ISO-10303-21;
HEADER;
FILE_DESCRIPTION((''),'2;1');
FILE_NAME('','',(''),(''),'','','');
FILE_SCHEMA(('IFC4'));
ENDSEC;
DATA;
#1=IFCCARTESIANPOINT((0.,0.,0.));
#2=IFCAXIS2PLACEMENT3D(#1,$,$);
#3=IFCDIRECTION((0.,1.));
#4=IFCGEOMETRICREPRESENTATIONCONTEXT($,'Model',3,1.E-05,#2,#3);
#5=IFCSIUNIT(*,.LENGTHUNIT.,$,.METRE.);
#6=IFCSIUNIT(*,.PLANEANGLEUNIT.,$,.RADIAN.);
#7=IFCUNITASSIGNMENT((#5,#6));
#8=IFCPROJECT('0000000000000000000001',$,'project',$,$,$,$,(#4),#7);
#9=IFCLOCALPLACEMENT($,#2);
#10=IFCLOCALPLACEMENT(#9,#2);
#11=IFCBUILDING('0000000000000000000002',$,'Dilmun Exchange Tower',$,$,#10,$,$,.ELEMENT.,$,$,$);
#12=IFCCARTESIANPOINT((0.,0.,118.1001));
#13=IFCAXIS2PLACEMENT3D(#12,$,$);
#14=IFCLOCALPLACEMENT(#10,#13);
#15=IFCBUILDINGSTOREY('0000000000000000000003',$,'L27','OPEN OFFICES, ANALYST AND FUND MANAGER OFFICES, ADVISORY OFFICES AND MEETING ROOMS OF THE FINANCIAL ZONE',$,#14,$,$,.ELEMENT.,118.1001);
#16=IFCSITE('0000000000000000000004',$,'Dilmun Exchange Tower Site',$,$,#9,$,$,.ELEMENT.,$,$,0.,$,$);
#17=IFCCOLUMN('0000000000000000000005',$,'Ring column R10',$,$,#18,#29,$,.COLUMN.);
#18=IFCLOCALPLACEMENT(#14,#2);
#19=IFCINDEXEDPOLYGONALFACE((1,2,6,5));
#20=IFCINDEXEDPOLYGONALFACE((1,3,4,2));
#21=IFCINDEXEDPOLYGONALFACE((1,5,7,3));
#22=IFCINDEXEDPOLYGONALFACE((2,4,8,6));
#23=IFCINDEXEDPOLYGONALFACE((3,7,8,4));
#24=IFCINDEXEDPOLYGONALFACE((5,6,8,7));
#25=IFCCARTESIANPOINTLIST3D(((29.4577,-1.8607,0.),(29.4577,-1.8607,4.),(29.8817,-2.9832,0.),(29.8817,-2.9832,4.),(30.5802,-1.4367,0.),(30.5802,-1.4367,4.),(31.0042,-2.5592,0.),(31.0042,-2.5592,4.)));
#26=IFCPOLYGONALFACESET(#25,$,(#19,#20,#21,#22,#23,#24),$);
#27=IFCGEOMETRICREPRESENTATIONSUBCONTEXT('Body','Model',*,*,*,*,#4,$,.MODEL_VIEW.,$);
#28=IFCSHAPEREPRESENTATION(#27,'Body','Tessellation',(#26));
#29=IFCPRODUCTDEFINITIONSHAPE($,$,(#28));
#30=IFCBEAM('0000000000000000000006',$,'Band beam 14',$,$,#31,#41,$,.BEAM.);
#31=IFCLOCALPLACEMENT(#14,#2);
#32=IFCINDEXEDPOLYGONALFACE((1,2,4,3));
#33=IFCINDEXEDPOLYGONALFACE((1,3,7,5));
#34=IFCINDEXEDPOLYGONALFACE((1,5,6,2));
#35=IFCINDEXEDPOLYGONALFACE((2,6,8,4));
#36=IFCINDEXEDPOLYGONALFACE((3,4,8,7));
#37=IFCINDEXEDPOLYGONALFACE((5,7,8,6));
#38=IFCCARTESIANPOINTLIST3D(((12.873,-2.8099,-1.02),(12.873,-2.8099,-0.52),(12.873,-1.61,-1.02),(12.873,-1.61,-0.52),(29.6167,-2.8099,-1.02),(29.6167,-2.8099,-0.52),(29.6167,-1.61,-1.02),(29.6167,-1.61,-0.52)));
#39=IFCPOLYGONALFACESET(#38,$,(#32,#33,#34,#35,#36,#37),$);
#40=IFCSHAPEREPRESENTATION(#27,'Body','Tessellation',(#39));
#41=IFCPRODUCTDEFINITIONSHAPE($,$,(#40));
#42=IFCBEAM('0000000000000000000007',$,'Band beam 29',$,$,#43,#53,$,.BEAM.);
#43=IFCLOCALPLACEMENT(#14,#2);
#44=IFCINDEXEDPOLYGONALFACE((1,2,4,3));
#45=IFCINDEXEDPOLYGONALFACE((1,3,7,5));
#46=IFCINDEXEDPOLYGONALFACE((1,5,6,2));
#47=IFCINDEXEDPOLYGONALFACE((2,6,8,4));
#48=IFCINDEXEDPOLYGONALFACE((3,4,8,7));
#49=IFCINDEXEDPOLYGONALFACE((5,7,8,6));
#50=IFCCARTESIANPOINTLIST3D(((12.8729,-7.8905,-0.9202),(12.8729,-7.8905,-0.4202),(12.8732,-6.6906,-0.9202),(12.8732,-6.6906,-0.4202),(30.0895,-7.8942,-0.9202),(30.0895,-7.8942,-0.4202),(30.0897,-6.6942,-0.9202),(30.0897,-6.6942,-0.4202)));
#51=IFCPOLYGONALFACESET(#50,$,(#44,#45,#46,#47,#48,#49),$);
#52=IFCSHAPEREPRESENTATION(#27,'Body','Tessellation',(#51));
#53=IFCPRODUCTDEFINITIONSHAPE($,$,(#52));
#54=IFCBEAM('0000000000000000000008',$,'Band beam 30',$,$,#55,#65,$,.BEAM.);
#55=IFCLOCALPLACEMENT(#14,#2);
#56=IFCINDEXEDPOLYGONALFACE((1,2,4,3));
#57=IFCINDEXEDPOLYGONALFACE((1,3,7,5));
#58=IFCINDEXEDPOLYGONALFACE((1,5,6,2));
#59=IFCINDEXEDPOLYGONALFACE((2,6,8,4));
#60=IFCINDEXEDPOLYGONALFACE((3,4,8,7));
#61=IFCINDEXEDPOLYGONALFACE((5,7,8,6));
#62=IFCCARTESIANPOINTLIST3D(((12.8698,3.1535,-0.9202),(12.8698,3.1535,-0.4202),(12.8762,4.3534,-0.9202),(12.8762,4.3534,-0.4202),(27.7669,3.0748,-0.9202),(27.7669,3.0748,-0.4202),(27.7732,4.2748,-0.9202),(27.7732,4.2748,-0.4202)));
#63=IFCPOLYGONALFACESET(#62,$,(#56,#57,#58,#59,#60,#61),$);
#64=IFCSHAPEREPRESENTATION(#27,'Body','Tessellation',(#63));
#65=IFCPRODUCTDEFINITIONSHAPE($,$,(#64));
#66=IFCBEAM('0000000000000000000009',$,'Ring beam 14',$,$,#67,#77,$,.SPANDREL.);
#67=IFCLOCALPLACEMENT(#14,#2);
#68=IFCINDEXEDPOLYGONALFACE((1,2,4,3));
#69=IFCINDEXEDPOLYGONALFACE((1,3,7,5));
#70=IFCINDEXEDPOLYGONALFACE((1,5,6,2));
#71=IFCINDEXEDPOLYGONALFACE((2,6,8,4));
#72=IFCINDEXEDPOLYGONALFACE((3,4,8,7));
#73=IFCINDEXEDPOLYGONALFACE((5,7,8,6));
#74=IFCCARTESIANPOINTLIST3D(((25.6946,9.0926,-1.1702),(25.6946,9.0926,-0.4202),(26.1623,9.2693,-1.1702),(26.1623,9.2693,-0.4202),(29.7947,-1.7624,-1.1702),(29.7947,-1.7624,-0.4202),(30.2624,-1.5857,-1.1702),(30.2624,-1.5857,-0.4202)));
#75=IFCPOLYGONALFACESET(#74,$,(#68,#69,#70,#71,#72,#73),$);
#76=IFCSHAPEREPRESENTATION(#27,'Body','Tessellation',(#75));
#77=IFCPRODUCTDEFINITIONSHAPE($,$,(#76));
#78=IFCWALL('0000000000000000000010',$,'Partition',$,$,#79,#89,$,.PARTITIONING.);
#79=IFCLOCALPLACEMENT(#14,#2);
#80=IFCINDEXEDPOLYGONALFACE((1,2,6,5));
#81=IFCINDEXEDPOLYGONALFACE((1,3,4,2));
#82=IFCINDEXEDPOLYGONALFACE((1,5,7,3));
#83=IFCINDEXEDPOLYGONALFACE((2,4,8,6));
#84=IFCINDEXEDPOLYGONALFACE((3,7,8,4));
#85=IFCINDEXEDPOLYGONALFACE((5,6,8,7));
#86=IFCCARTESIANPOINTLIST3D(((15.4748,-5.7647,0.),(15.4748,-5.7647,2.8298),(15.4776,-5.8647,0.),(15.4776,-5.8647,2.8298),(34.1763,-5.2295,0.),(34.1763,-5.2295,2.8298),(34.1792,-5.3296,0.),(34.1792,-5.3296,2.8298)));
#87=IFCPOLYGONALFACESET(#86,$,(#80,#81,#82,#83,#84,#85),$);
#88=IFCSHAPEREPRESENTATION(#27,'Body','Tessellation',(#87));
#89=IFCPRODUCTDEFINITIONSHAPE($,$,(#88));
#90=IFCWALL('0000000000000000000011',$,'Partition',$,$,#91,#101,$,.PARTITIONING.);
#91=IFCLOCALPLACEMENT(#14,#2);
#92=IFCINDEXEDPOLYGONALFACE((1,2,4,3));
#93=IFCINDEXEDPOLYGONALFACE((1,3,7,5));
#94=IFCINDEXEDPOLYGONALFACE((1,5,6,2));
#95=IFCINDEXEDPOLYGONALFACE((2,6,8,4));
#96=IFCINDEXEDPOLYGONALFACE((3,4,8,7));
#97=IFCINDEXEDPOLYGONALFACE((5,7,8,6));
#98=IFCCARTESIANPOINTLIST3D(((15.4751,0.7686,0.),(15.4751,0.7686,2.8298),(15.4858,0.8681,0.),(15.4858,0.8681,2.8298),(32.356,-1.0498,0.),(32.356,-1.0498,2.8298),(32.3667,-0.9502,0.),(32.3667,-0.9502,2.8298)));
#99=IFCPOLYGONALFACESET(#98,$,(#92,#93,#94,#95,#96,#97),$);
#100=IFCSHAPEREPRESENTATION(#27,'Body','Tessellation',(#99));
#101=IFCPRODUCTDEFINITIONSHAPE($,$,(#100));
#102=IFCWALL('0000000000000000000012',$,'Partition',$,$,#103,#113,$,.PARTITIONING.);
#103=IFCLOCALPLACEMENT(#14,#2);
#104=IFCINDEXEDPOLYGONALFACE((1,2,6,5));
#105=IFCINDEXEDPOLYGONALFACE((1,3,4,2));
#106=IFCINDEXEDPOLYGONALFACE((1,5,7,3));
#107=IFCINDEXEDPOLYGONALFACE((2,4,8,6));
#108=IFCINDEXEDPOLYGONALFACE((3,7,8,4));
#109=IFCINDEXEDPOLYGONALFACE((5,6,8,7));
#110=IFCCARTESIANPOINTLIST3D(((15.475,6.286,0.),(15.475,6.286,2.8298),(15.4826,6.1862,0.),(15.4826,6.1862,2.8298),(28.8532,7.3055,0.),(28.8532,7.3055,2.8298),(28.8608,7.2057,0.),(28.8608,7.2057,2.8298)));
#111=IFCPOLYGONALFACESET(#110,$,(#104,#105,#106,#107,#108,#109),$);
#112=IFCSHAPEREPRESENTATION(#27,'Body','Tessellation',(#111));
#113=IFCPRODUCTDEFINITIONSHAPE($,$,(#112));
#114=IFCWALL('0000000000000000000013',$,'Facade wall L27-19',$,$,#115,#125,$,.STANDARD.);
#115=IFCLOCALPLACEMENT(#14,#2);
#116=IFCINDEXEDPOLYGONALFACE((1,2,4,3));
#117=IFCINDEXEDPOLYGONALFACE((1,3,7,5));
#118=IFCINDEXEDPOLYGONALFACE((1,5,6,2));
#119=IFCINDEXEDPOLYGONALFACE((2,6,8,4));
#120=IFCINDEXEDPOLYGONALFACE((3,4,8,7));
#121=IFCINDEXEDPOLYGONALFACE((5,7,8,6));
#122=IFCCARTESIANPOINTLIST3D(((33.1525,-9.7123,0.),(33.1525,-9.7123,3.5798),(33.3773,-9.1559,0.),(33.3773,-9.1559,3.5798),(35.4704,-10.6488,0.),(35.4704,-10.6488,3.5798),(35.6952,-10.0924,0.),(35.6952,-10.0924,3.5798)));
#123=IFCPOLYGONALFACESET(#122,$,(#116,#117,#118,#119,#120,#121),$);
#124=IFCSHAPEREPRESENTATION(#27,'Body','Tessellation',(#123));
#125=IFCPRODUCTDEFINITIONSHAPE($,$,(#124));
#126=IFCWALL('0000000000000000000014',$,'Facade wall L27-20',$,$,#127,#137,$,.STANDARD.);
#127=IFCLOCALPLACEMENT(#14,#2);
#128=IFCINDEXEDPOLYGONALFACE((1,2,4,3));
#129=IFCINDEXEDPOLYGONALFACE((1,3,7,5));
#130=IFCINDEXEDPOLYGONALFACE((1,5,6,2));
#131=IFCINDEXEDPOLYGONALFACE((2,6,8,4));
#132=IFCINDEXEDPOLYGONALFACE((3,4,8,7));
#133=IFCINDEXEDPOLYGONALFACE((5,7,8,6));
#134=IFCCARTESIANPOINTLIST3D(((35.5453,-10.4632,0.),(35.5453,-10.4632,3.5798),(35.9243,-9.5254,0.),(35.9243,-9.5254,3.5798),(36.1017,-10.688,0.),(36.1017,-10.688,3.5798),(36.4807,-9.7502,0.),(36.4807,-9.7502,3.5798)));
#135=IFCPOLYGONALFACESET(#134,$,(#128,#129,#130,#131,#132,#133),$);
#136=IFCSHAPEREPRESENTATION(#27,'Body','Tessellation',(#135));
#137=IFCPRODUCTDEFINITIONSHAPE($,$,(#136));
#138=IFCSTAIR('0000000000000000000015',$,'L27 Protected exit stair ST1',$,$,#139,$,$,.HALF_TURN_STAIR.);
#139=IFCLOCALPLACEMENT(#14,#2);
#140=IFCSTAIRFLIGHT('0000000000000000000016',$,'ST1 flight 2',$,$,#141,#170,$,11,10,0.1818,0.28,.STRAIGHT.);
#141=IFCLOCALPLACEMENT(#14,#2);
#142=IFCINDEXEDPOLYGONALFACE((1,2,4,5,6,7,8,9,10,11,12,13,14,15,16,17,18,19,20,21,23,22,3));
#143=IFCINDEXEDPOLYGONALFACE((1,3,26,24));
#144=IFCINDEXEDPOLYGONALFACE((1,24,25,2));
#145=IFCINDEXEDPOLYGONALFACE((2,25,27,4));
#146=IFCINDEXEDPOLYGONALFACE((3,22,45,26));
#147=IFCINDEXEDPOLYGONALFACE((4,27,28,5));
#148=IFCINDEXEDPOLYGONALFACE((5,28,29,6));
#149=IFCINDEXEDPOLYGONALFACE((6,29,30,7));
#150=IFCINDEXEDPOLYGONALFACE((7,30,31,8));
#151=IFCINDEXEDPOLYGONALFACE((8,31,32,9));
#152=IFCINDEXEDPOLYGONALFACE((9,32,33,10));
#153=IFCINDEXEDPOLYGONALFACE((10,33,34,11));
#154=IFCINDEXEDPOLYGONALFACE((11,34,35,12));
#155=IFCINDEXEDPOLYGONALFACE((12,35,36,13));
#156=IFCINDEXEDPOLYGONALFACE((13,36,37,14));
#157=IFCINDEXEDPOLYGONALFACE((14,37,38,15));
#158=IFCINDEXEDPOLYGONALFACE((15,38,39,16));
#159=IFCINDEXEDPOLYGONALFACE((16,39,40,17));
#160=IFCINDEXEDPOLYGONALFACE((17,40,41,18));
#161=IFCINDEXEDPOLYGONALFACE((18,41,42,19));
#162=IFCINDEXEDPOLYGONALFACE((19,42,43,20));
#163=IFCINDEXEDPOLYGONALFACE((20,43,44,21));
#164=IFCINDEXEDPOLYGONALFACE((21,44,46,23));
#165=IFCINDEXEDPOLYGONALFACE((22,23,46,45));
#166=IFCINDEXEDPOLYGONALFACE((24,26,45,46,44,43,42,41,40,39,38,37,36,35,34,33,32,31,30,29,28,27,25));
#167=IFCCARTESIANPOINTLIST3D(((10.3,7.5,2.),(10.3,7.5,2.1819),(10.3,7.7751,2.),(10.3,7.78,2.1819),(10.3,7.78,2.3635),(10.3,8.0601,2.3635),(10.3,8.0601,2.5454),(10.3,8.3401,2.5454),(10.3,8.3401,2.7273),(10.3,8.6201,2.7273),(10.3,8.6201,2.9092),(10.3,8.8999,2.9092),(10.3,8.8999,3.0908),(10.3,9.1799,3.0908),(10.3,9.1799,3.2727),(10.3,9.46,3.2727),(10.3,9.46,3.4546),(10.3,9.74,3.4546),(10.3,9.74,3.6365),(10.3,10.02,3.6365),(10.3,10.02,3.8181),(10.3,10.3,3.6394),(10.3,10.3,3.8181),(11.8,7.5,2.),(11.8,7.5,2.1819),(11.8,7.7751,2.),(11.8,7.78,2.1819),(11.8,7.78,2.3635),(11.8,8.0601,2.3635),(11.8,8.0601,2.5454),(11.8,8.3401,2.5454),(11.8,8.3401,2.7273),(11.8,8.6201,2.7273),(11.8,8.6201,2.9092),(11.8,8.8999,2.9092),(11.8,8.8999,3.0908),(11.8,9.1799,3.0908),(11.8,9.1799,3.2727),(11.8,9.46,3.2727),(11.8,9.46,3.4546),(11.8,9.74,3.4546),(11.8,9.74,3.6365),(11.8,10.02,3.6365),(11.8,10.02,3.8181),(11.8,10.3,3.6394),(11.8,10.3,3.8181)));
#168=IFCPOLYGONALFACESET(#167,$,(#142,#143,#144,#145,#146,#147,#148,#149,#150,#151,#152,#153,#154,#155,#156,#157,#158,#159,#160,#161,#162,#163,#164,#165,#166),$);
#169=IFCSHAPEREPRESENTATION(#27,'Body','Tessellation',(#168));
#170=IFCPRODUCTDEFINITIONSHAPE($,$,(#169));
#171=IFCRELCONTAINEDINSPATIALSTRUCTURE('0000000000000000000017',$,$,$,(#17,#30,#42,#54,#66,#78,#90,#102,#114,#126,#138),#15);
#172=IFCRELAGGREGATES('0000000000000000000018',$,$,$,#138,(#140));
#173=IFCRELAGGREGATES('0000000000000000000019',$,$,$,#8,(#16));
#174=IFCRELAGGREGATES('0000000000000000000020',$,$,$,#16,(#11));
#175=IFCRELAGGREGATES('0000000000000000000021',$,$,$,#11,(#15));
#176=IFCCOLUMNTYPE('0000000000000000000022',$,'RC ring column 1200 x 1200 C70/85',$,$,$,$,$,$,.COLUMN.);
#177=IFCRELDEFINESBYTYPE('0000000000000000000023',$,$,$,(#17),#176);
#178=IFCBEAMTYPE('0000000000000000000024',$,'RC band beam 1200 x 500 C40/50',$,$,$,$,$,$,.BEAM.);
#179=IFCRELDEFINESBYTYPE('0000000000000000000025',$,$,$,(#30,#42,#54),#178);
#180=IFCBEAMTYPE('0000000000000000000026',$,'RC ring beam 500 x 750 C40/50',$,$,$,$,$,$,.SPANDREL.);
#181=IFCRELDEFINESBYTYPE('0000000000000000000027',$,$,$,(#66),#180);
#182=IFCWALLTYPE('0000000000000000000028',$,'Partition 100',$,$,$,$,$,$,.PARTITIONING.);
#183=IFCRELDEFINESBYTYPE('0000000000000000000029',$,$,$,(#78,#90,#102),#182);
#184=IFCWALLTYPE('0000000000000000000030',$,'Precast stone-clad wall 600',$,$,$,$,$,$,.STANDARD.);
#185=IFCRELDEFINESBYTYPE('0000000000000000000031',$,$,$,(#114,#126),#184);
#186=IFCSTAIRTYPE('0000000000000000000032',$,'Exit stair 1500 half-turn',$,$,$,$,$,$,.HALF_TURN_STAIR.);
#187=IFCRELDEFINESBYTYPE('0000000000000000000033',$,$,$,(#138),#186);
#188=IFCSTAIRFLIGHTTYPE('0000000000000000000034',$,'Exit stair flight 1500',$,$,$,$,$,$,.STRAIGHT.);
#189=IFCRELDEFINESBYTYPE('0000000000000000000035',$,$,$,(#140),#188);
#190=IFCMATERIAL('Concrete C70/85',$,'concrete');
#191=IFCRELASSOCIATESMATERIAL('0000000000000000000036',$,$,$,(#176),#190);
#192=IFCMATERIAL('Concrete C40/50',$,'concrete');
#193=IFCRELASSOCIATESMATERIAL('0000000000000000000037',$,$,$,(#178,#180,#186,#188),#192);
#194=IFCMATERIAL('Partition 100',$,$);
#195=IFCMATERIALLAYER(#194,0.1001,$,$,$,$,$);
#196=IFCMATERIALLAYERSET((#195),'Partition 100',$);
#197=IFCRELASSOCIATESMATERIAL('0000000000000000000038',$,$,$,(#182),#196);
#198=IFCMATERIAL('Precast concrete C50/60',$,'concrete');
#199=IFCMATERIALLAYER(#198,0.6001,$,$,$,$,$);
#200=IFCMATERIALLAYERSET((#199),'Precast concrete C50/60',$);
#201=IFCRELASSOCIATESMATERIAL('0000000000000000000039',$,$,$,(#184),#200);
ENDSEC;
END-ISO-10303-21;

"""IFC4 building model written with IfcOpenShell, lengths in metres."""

from ifc_helpers import new_model, si_unit, direction, frame, frame_2d, origin, origin_2d, place, context, subcontext, project, spatial, polyline, rectangle, outline, extrude, material, layer, layer_set, material_profile, profile_set, type_object, element, aggregate, save


model = new_model("IFC4")

# Units and contexts
model_context = context("Model", 3, precision=1e-05, world=origin(), true_north=direction((0.0, 1.0)))
body_context = subcontext(model_context, "Body", "Model", "MODEL_VIEW")
ifc_project = project(units=[si_unit("LENGTHUNIT", "METRE"), si_unit("PLANEANGLEUNIT", "RADIAN")], contexts=[model_context])

# Site, building, storey
site_placement = place(None, origin())
site = spatial("IfcSite", under=ifc_project, at=site_placement, Name="Dilmun Exchange Tower Site", CompositionType="ELEMENT", RefElevation=0.0)
building_placement = place(site_placement, origin())
building = spatial("IfcBuilding", under=site, at=building_placement, Name="Dilmun Exchange Tower", CompositionType="ELEMENT")
storey_placement = place(building_placement, frame((0.0, 0.0, 118.1001)))
storey = spatial("IfcBuildingStorey", under=building, at=storey_placement, Name="L27", Description="OPEN OFFICES, ANALYST AND FUND MANAGER OFFICES, ADVISORY OFFICES AND MEETING ROOMS OF THE FINANCIAL ZONE", CompositionType="ELEMENT", Elevation=118.1001)

# Column
ifc_material_1 = material(Name="Concrete C70/85", Category="concrete")
ifc_material_profile_1 = material_profile(ifc_material_1, rectangle(XDim=1.2, YDim=1.2, at=origin_2d()), Name="1200 x 1200")
ifc_profile_set_1 = profile_set([ifc_material_profile_1], Name="Concrete C70/85")
column_type = type_object("IfcColumnType", Name="RC ring column 1200 x 1200 C70/85", PredefinedType="COLUMN", material=ifc_profile_set_1)
column_placement = place(storey_placement, frame((30.231, -2.21, 0.0), z_axis=(0.0, 0.0, 1.0), x_axis=(0.935492, 0.353349, 0.0)))
element("IfcColumn", 1, at=column_placement, inside=storey, type_object=column_type, Name="Ring column R10", PredefinedType="COLUMN", context=body_context, shape_type="SweptSolid", body=[
    extrude(rectangle(XDim=1.2, YDim=1.2, at=origin_2d()), origin(), (0.0, 0.0, 1.0), 4.0),
])

# Beams
ifc_material_2 = material(Name="Concrete C40/50", Category="concrete")
ifc_material_profile_2 = material_profile(ifc_material_2, rectangle(XDim=1.2, YDim=0.5, at=origin_2d()), Name="1200 x 500")
ifc_profile_set_2 = profile_set([ifc_material_profile_2], Name="Concrete C40/50")
beam_type_1 = type_object("IfcBeamType", Name="RC band beam 1200 x 500 C40/50", PredefinedType="BEAM", material=ifc_profile_set_2)
beam_1_placement = place(storey_placement, frame((29.6167, -2.21, -0.77), z_axis=(-1.0, 0.0, 0.0), x_axis=(0.0, -1.0, 0.0)))
element("IfcBeam", 2, at=beam_1_placement, inside=storey, type_object=beam_type_1, Name="Band beam 14", PredefinedType="BEAM", context=body_context, shape_type="SweptSolid", body=[
    extrude(rectangle(XDim=1.2, YDim=0.5, at=origin_2d()), origin(), (0.0, 0.0, 1.0), 16.7437),
])
beam_2_placement = place(storey_placement, frame((30.0896, -7.2942, -0.6702), z_axis=(-1.0, 0.000213, 0.0), x_axis=(-0.000213, -1.0, 0.0)))
element("IfcBeam", 3, at=beam_2_placement, inside=storey, type_object=beam_type_1, Name="Band beam 29", PredefinedType="BEAM", context=body_context, shape_type="SweptSolid", body=[
    extrude(rectangle(XDim=1.2, YDim=0.5, at=origin_2d()), origin(), (0.0, 0.0, 1.0), 17.2166),
])
beam_3_placement = place(storey_placement, frame((27.77, 3.6748, -0.6702), z_axis=(-0.999986, 0.005277, 0.0), x_axis=(-0.005277, -0.999986, 0.0)))
element("IfcBeam", 4, at=beam_3_placement, inside=storey, type_object=beam_type_1, Name="Band beam 30", PredefinedType="BEAM", context=body_context, shape_type="SweptSolid", body=[
    extrude(rectangle(XDim=1.2, YDim=0.5, at=origin_2d()), origin(), (0.0, 0.0, 1.0), 14.8972),
])
ifc_material_profile_3 = material_profile(ifc_material_2, rectangle(XDim=0.5, YDim=0.75, at=origin_2d()), Name="500 x 750")
ifc_profile_set_3 = profile_set([ifc_material_profile_3], Name="Concrete C40/50")
beam_type_2 = type_object("IfcBeamType", Name="RC ring beam 500 x 750 C40/50", PredefinedType="SPANDREL", material=ifc_profile_set_3)
beam_4_placement = place(storey_placement, frame((30.0286, -1.6741, -0.7952), z_axis=(-0.35335, 0.935491, 0.0), x_axis=(-0.935491, -0.35335, 0.0)))
element("IfcBeam", 5, at=beam_4_placement, inside=storey, type_object=beam_type_2, Name="Ring beam 14", PredefinedType="SPANDREL", context=body_context, shape_type="SweptSolid", body=[
    extrude(rectangle(XDim=0.5, YDim=0.75, at=origin_2d()), origin(), (0.0, 0.0, 1.0), 11.6035),
])

# Walls
ifc_material_3 = material(Name="Partition 100")
ifc_layer_1 = layer(ifc_material_3, 0.1001)
ifc_layer_set_1 = layer_set([ifc_layer_1], Name="Partition 100")
wall_type_1 = type_object("IfcWallType", Name="Partition 100", PredefinedType="PARTITIONING", material=ifc_layer_set_1)
wall_1_placement = place(storey_placement, frame((15.4763, -5.8147, 0.0), z_axis=(0.0, 0.0, 1.0), x_axis=(0.999591, 0.028604, 0.0)))
element("IfcWall", 6, at=wall_1_placement, inside=storey, type_object=wall_type_1, Name="Partition", PredefinedType="PARTITIONING", context=body_context, shape_type="SweptSolid", body=[
    extrude(rectangle(XDim=18.7092, YDim=0.1001, at=frame_2d((9.3545, 0.0))), origin(), (0.0, 0.0, 1.0), 2.8298),
])
wall_2_placement = place(storey_placement, frame((15.4805, 0.8184, 0.0), z_axis=(0.0, 0.0, 1.0), x_axis=(0.994249, -0.107098, 0.0)))
element("IfcWall", 7, at=wall_2_placement, inside=storey, type_object=wall_type_1, Name="Partition", PredefinedType="PARTITIONING", context=body_context, shape_type="SweptSolid", body=[
    extrude(rectangle(XDim=16.9785, YDim=0.1001, at=frame_2d((8.4893, 0.0))), origin(), (0.0, 0.0, 1.0), 2.8298),
])
wall_3_placement = place(storey_placement, frame((15.4788, 6.2361, 0.0), z_axis=(0.0, 0.0, 1.0), x_axis=(0.997109, 0.075988, 0.0)))
element("IfcWall", 8, at=wall_3_placement, inside=storey, type_object=wall_type_1, Name="Partition", PredefinedType="PARTITIONING", context=body_context, shape_type="SweptSolid", body=[
    extrude(rectangle(XDim=13.417, YDim=0.1001, at=frame_2d((6.7085, 0.0))), origin(), (0.0, 0.0, 1.0), 2.8298),
])
ifc_material_4 = material(Name="Precast concrete C50/60", Category="concrete")
ifc_layer_2 = layer(ifc_material_4, 0.6001)
ifc_layer_set_2 = layer_set([ifc_layer_2], Name="Precast concrete C50/60")
wall_type_2 = type_object("IfcWallType", Name="Precast stone-clad wall 600", PredefinedType="STANDARD", material=ifc_layer_set_2)
wall_4_placement = place(storey_placement, frame((33.2649, -9.4341, 0.0), z_axis=(0.0, 0.0, 1.0), x_axis=(0.927178, -0.374621, 0.0)))
element("IfcWall", 9, at=wall_4_placement, inside=storey, type_object=wall_type_2, Name="Facade wall L27-19", PredefinedType="STANDARD", context=body_context, shape_type="SweptSolid", body=[
    extrude(rectangle(XDim=2.5, YDim=0.6001, at=frame_2d((1.25, 0.0))), origin(), (0.0, 0.0, 1.0), 3.5798),
])
wall_5_placement = place(storey_placement, frame((35.8235, -10.5757, 0.0), z_axis=(0.0, 0.0, 1.0), x_axis=(0.374635, 0.927173, 0.0)))
element("IfcWall", 10, at=wall_5_placement, inside=storey, type_object=wall_type_2, Name="Facade wall L27-20", PredefinedType="STANDARD", context=body_context, shape_type="SweptSolid", body=[
    extrude(rectangle(XDim=1.0115, YDim=0.6001, at=frame_2d((0.5059, 0.0))), origin(), (0.0, 0.0, 1.0), 3.5798),
])

# Stair, stair flight
stair_type = type_object("IfcStairType", Name="Exit stair 1500 half-turn", PredefinedType="HALF_TURN_STAIR", material=ifc_material_2)
stair_placement = place(storey_placement, origin())
stair = element("IfcStair", 11, at=stair_placement, inside=storey, type_object=stair_type, Name="L27 Protected exit stair ST1", PredefinedType="HALF_TURN_STAIR")
stair_flight_type = type_object("IfcStairFlightType", Name="Exit stair flight 1500", PredefinedType="STRAIGHT", material=ifc_material_2)
stair_flight_placement = place(storey_placement, frame((11.05, 7.5, 2.0), z_axis=(0.0, 0.0, 1.0), x_axis=(0.0, 1.0, 0.0)))
stair_flight = element("IfcStairFlight", 12, at=stair_flight_placement, type_object=stair_flight_type, Name="ST1 flight 2", NumberOfRisers=11, NumberOfTreads=10, PredefinedType="STRAIGHT", RiserHeight=0.1818, TreadLength=0.28, context=body_context, shape_type="SweptSolid", body=[
    extrude(outline(polyline([(0.0, 0.0), (0.0, 0.1819), (0.28, 0.1819), (0.28, 0.3635), (0.5601, 0.3635), (0.5601, 0.5454), (0.8401, 0.5454), (0.8401, 0.7273), (1.1201, 0.7273), (1.1201, 0.9092), (1.3999, 0.9092), (1.3999, 1.0908), (1.6799, 1.0908), (1.6799, 1.2727), (1.96, 1.2727), (1.96, 1.4546), (2.24, 1.4546), (2.24, 1.6365), (2.52, 1.6365), (2.52, 1.8181), (2.8, 1.8181), (2.8, 2.0), (2.8, 1.6394), (0.2751, 0.0), (0.0, 0.0)])), frame((0.0, 0.75, 0.0), z_axis=(0.0, -1.0, 0.0), x_axis=(1.0, 0.0, 0.0)), (0.0, 0.0, 1.0), 1.5),
])
aggregate(stair, [stair_flight])

save(model, "model.ifc")
